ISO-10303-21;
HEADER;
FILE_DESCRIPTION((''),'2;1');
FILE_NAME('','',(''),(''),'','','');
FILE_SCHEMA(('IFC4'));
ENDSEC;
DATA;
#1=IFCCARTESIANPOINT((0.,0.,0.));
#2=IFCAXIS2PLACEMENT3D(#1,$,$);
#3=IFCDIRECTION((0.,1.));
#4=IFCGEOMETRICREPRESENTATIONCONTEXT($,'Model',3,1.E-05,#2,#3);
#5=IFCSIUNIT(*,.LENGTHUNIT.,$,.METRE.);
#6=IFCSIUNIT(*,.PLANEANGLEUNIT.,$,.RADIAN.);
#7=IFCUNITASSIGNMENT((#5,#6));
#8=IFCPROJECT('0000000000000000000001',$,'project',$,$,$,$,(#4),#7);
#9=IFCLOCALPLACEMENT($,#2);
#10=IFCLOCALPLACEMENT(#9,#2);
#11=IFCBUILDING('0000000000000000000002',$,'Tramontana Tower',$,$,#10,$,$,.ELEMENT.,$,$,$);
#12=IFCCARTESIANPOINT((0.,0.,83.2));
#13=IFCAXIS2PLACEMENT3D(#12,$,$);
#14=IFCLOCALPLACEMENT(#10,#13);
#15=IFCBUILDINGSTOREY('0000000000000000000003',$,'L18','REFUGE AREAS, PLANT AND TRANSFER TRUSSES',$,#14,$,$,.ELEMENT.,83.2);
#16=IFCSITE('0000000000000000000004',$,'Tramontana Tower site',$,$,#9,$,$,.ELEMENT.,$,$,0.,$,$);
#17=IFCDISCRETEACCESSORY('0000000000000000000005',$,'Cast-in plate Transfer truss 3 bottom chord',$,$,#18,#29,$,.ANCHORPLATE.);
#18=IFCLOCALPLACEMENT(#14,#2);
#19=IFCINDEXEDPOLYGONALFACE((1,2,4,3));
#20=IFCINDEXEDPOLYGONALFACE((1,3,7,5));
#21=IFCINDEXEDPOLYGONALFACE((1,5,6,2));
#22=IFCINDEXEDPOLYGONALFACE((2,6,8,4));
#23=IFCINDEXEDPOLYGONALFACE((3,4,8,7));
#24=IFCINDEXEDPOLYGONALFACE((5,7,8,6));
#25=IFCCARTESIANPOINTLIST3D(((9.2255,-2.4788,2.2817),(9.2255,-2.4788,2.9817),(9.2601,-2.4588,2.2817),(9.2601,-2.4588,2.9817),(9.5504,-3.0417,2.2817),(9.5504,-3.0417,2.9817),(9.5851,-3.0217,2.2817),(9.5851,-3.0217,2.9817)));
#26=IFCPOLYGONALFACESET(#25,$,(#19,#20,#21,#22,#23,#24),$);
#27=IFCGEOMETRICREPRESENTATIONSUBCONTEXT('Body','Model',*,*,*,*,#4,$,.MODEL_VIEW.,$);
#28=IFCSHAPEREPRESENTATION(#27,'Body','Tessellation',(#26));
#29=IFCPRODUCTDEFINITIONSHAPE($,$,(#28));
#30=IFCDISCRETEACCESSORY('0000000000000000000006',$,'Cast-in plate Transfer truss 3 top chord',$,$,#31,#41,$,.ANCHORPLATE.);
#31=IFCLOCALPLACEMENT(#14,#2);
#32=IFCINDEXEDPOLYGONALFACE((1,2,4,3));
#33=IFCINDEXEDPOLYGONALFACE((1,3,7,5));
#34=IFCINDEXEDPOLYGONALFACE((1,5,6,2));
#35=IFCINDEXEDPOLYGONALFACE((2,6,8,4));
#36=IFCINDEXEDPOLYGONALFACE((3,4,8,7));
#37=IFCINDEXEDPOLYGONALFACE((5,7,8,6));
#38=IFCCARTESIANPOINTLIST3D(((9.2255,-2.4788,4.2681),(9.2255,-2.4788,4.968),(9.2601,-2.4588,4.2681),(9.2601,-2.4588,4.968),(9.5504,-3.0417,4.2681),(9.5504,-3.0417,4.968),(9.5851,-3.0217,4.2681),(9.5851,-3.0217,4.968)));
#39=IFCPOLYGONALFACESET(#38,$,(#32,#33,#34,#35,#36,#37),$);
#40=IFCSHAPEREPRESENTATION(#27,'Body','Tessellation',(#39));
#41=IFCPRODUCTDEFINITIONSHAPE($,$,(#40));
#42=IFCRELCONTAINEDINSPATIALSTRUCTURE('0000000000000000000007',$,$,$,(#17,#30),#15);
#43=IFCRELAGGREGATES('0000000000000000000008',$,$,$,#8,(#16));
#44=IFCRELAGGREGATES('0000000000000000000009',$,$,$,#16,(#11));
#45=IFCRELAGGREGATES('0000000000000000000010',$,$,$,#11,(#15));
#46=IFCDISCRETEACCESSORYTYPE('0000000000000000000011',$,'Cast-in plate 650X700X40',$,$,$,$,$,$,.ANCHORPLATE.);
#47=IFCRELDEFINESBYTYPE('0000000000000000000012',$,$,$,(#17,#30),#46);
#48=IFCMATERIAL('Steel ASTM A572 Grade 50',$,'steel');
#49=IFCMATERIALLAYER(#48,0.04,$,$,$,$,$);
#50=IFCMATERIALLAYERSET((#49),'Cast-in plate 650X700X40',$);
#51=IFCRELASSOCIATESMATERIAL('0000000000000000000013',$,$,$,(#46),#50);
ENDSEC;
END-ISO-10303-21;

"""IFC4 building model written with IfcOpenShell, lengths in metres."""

from ifc_helpers import new_model, si_unit, direction, frame, origin, origin_2d, place, context, subcontext, project, spatial, rectangle, extrude, material, layer, layer_set, type_object, element, save


model = new_model("IFC4")

# Units and contexts
model_context = context("Model", 3, precision=1e-05, world=origin(), true_north=direction((0.0, 1.0)))
body_context = subcontext(model_context, "Body", "Model", "MODEL_VIEW")
ifc_project = project(units=[si_unit("LENGTHUNIT", "METRE"), si_unit("PLANEANGLEUNIT", "RADIAN")], contexts=[model_context])

# Site, building, storey
site_placement = place(None, origin())
site = spatial("IfcSite", under=ifc_project, at=site_placement, Name="Tramontana Tower site", CompositionType="ELEMENT", RefElevation=0.0)
building_placement = place(site_placement, origin())
building = spatial("IfcBuilding", under=site, at=building_placement, Name="Tramontana Tower", CompositionType="ELEMENT")
storey_placement = place(building_placement, frame((0.0, 0.0, 83.2)))
storey = spatial("IfcBuildingStorey", under=building, at=storey_placement, Name="L18", Description="REFUGE AREAS, PLANT AND TRANSFER TRUSSES", CompositionType="ELEMENT", Elevation=83.2)

# Discrete accessories
ifc_material_1 = material(Name="Steel ASTM A572 Grade 50", Category="steel")
ifc_layer_1 = layer(ifc_material_1, 0.04)
ifc_layer_set_1 = layer_set([ifc_layer_1], Name="Cast-in plate 650X700X40")
discrete_accessory_type = type_object("IfcDiscreteAccessoryType", Name="Cast-in plate 650X700X40", PredefinedType="ANCHORPLATE", material=ifc_layer_set_1)
for number, where, z_axis, x_axis, name in (
    (1, (9.4053, -2.7502, 2.2817), (0.0, 0.0, 1.0), (-0.5, 0.866025, 0.0), "Cast-in plate Transfer truss 3 bottom chord"),
    (2, (9.4053, -2.7502, 4.2681), (0.0, 0.0, 1.0), (-0.5, 0.866025, 0.0), "Cast-in plate Transfer truss 3 top chord"),
):
    element("IfcDiscreteAccessory", number, at=place(storey_placement, frame(where, z_axis=z_axis, x_axis=x_axis)), inside=storey, type_object=discrete_accessory_type, Name=name, PredefinedType="ANCHORPLATE", context=body_context, shape_type="SweptSolid", body=[
        extrude(rectangle(XDim=0.6499, YDim=0.04, at=origin_2d()), origin(), (0.0, 0.0, 1.0), 0.7),
    ])

save(model, "model.ifc")
